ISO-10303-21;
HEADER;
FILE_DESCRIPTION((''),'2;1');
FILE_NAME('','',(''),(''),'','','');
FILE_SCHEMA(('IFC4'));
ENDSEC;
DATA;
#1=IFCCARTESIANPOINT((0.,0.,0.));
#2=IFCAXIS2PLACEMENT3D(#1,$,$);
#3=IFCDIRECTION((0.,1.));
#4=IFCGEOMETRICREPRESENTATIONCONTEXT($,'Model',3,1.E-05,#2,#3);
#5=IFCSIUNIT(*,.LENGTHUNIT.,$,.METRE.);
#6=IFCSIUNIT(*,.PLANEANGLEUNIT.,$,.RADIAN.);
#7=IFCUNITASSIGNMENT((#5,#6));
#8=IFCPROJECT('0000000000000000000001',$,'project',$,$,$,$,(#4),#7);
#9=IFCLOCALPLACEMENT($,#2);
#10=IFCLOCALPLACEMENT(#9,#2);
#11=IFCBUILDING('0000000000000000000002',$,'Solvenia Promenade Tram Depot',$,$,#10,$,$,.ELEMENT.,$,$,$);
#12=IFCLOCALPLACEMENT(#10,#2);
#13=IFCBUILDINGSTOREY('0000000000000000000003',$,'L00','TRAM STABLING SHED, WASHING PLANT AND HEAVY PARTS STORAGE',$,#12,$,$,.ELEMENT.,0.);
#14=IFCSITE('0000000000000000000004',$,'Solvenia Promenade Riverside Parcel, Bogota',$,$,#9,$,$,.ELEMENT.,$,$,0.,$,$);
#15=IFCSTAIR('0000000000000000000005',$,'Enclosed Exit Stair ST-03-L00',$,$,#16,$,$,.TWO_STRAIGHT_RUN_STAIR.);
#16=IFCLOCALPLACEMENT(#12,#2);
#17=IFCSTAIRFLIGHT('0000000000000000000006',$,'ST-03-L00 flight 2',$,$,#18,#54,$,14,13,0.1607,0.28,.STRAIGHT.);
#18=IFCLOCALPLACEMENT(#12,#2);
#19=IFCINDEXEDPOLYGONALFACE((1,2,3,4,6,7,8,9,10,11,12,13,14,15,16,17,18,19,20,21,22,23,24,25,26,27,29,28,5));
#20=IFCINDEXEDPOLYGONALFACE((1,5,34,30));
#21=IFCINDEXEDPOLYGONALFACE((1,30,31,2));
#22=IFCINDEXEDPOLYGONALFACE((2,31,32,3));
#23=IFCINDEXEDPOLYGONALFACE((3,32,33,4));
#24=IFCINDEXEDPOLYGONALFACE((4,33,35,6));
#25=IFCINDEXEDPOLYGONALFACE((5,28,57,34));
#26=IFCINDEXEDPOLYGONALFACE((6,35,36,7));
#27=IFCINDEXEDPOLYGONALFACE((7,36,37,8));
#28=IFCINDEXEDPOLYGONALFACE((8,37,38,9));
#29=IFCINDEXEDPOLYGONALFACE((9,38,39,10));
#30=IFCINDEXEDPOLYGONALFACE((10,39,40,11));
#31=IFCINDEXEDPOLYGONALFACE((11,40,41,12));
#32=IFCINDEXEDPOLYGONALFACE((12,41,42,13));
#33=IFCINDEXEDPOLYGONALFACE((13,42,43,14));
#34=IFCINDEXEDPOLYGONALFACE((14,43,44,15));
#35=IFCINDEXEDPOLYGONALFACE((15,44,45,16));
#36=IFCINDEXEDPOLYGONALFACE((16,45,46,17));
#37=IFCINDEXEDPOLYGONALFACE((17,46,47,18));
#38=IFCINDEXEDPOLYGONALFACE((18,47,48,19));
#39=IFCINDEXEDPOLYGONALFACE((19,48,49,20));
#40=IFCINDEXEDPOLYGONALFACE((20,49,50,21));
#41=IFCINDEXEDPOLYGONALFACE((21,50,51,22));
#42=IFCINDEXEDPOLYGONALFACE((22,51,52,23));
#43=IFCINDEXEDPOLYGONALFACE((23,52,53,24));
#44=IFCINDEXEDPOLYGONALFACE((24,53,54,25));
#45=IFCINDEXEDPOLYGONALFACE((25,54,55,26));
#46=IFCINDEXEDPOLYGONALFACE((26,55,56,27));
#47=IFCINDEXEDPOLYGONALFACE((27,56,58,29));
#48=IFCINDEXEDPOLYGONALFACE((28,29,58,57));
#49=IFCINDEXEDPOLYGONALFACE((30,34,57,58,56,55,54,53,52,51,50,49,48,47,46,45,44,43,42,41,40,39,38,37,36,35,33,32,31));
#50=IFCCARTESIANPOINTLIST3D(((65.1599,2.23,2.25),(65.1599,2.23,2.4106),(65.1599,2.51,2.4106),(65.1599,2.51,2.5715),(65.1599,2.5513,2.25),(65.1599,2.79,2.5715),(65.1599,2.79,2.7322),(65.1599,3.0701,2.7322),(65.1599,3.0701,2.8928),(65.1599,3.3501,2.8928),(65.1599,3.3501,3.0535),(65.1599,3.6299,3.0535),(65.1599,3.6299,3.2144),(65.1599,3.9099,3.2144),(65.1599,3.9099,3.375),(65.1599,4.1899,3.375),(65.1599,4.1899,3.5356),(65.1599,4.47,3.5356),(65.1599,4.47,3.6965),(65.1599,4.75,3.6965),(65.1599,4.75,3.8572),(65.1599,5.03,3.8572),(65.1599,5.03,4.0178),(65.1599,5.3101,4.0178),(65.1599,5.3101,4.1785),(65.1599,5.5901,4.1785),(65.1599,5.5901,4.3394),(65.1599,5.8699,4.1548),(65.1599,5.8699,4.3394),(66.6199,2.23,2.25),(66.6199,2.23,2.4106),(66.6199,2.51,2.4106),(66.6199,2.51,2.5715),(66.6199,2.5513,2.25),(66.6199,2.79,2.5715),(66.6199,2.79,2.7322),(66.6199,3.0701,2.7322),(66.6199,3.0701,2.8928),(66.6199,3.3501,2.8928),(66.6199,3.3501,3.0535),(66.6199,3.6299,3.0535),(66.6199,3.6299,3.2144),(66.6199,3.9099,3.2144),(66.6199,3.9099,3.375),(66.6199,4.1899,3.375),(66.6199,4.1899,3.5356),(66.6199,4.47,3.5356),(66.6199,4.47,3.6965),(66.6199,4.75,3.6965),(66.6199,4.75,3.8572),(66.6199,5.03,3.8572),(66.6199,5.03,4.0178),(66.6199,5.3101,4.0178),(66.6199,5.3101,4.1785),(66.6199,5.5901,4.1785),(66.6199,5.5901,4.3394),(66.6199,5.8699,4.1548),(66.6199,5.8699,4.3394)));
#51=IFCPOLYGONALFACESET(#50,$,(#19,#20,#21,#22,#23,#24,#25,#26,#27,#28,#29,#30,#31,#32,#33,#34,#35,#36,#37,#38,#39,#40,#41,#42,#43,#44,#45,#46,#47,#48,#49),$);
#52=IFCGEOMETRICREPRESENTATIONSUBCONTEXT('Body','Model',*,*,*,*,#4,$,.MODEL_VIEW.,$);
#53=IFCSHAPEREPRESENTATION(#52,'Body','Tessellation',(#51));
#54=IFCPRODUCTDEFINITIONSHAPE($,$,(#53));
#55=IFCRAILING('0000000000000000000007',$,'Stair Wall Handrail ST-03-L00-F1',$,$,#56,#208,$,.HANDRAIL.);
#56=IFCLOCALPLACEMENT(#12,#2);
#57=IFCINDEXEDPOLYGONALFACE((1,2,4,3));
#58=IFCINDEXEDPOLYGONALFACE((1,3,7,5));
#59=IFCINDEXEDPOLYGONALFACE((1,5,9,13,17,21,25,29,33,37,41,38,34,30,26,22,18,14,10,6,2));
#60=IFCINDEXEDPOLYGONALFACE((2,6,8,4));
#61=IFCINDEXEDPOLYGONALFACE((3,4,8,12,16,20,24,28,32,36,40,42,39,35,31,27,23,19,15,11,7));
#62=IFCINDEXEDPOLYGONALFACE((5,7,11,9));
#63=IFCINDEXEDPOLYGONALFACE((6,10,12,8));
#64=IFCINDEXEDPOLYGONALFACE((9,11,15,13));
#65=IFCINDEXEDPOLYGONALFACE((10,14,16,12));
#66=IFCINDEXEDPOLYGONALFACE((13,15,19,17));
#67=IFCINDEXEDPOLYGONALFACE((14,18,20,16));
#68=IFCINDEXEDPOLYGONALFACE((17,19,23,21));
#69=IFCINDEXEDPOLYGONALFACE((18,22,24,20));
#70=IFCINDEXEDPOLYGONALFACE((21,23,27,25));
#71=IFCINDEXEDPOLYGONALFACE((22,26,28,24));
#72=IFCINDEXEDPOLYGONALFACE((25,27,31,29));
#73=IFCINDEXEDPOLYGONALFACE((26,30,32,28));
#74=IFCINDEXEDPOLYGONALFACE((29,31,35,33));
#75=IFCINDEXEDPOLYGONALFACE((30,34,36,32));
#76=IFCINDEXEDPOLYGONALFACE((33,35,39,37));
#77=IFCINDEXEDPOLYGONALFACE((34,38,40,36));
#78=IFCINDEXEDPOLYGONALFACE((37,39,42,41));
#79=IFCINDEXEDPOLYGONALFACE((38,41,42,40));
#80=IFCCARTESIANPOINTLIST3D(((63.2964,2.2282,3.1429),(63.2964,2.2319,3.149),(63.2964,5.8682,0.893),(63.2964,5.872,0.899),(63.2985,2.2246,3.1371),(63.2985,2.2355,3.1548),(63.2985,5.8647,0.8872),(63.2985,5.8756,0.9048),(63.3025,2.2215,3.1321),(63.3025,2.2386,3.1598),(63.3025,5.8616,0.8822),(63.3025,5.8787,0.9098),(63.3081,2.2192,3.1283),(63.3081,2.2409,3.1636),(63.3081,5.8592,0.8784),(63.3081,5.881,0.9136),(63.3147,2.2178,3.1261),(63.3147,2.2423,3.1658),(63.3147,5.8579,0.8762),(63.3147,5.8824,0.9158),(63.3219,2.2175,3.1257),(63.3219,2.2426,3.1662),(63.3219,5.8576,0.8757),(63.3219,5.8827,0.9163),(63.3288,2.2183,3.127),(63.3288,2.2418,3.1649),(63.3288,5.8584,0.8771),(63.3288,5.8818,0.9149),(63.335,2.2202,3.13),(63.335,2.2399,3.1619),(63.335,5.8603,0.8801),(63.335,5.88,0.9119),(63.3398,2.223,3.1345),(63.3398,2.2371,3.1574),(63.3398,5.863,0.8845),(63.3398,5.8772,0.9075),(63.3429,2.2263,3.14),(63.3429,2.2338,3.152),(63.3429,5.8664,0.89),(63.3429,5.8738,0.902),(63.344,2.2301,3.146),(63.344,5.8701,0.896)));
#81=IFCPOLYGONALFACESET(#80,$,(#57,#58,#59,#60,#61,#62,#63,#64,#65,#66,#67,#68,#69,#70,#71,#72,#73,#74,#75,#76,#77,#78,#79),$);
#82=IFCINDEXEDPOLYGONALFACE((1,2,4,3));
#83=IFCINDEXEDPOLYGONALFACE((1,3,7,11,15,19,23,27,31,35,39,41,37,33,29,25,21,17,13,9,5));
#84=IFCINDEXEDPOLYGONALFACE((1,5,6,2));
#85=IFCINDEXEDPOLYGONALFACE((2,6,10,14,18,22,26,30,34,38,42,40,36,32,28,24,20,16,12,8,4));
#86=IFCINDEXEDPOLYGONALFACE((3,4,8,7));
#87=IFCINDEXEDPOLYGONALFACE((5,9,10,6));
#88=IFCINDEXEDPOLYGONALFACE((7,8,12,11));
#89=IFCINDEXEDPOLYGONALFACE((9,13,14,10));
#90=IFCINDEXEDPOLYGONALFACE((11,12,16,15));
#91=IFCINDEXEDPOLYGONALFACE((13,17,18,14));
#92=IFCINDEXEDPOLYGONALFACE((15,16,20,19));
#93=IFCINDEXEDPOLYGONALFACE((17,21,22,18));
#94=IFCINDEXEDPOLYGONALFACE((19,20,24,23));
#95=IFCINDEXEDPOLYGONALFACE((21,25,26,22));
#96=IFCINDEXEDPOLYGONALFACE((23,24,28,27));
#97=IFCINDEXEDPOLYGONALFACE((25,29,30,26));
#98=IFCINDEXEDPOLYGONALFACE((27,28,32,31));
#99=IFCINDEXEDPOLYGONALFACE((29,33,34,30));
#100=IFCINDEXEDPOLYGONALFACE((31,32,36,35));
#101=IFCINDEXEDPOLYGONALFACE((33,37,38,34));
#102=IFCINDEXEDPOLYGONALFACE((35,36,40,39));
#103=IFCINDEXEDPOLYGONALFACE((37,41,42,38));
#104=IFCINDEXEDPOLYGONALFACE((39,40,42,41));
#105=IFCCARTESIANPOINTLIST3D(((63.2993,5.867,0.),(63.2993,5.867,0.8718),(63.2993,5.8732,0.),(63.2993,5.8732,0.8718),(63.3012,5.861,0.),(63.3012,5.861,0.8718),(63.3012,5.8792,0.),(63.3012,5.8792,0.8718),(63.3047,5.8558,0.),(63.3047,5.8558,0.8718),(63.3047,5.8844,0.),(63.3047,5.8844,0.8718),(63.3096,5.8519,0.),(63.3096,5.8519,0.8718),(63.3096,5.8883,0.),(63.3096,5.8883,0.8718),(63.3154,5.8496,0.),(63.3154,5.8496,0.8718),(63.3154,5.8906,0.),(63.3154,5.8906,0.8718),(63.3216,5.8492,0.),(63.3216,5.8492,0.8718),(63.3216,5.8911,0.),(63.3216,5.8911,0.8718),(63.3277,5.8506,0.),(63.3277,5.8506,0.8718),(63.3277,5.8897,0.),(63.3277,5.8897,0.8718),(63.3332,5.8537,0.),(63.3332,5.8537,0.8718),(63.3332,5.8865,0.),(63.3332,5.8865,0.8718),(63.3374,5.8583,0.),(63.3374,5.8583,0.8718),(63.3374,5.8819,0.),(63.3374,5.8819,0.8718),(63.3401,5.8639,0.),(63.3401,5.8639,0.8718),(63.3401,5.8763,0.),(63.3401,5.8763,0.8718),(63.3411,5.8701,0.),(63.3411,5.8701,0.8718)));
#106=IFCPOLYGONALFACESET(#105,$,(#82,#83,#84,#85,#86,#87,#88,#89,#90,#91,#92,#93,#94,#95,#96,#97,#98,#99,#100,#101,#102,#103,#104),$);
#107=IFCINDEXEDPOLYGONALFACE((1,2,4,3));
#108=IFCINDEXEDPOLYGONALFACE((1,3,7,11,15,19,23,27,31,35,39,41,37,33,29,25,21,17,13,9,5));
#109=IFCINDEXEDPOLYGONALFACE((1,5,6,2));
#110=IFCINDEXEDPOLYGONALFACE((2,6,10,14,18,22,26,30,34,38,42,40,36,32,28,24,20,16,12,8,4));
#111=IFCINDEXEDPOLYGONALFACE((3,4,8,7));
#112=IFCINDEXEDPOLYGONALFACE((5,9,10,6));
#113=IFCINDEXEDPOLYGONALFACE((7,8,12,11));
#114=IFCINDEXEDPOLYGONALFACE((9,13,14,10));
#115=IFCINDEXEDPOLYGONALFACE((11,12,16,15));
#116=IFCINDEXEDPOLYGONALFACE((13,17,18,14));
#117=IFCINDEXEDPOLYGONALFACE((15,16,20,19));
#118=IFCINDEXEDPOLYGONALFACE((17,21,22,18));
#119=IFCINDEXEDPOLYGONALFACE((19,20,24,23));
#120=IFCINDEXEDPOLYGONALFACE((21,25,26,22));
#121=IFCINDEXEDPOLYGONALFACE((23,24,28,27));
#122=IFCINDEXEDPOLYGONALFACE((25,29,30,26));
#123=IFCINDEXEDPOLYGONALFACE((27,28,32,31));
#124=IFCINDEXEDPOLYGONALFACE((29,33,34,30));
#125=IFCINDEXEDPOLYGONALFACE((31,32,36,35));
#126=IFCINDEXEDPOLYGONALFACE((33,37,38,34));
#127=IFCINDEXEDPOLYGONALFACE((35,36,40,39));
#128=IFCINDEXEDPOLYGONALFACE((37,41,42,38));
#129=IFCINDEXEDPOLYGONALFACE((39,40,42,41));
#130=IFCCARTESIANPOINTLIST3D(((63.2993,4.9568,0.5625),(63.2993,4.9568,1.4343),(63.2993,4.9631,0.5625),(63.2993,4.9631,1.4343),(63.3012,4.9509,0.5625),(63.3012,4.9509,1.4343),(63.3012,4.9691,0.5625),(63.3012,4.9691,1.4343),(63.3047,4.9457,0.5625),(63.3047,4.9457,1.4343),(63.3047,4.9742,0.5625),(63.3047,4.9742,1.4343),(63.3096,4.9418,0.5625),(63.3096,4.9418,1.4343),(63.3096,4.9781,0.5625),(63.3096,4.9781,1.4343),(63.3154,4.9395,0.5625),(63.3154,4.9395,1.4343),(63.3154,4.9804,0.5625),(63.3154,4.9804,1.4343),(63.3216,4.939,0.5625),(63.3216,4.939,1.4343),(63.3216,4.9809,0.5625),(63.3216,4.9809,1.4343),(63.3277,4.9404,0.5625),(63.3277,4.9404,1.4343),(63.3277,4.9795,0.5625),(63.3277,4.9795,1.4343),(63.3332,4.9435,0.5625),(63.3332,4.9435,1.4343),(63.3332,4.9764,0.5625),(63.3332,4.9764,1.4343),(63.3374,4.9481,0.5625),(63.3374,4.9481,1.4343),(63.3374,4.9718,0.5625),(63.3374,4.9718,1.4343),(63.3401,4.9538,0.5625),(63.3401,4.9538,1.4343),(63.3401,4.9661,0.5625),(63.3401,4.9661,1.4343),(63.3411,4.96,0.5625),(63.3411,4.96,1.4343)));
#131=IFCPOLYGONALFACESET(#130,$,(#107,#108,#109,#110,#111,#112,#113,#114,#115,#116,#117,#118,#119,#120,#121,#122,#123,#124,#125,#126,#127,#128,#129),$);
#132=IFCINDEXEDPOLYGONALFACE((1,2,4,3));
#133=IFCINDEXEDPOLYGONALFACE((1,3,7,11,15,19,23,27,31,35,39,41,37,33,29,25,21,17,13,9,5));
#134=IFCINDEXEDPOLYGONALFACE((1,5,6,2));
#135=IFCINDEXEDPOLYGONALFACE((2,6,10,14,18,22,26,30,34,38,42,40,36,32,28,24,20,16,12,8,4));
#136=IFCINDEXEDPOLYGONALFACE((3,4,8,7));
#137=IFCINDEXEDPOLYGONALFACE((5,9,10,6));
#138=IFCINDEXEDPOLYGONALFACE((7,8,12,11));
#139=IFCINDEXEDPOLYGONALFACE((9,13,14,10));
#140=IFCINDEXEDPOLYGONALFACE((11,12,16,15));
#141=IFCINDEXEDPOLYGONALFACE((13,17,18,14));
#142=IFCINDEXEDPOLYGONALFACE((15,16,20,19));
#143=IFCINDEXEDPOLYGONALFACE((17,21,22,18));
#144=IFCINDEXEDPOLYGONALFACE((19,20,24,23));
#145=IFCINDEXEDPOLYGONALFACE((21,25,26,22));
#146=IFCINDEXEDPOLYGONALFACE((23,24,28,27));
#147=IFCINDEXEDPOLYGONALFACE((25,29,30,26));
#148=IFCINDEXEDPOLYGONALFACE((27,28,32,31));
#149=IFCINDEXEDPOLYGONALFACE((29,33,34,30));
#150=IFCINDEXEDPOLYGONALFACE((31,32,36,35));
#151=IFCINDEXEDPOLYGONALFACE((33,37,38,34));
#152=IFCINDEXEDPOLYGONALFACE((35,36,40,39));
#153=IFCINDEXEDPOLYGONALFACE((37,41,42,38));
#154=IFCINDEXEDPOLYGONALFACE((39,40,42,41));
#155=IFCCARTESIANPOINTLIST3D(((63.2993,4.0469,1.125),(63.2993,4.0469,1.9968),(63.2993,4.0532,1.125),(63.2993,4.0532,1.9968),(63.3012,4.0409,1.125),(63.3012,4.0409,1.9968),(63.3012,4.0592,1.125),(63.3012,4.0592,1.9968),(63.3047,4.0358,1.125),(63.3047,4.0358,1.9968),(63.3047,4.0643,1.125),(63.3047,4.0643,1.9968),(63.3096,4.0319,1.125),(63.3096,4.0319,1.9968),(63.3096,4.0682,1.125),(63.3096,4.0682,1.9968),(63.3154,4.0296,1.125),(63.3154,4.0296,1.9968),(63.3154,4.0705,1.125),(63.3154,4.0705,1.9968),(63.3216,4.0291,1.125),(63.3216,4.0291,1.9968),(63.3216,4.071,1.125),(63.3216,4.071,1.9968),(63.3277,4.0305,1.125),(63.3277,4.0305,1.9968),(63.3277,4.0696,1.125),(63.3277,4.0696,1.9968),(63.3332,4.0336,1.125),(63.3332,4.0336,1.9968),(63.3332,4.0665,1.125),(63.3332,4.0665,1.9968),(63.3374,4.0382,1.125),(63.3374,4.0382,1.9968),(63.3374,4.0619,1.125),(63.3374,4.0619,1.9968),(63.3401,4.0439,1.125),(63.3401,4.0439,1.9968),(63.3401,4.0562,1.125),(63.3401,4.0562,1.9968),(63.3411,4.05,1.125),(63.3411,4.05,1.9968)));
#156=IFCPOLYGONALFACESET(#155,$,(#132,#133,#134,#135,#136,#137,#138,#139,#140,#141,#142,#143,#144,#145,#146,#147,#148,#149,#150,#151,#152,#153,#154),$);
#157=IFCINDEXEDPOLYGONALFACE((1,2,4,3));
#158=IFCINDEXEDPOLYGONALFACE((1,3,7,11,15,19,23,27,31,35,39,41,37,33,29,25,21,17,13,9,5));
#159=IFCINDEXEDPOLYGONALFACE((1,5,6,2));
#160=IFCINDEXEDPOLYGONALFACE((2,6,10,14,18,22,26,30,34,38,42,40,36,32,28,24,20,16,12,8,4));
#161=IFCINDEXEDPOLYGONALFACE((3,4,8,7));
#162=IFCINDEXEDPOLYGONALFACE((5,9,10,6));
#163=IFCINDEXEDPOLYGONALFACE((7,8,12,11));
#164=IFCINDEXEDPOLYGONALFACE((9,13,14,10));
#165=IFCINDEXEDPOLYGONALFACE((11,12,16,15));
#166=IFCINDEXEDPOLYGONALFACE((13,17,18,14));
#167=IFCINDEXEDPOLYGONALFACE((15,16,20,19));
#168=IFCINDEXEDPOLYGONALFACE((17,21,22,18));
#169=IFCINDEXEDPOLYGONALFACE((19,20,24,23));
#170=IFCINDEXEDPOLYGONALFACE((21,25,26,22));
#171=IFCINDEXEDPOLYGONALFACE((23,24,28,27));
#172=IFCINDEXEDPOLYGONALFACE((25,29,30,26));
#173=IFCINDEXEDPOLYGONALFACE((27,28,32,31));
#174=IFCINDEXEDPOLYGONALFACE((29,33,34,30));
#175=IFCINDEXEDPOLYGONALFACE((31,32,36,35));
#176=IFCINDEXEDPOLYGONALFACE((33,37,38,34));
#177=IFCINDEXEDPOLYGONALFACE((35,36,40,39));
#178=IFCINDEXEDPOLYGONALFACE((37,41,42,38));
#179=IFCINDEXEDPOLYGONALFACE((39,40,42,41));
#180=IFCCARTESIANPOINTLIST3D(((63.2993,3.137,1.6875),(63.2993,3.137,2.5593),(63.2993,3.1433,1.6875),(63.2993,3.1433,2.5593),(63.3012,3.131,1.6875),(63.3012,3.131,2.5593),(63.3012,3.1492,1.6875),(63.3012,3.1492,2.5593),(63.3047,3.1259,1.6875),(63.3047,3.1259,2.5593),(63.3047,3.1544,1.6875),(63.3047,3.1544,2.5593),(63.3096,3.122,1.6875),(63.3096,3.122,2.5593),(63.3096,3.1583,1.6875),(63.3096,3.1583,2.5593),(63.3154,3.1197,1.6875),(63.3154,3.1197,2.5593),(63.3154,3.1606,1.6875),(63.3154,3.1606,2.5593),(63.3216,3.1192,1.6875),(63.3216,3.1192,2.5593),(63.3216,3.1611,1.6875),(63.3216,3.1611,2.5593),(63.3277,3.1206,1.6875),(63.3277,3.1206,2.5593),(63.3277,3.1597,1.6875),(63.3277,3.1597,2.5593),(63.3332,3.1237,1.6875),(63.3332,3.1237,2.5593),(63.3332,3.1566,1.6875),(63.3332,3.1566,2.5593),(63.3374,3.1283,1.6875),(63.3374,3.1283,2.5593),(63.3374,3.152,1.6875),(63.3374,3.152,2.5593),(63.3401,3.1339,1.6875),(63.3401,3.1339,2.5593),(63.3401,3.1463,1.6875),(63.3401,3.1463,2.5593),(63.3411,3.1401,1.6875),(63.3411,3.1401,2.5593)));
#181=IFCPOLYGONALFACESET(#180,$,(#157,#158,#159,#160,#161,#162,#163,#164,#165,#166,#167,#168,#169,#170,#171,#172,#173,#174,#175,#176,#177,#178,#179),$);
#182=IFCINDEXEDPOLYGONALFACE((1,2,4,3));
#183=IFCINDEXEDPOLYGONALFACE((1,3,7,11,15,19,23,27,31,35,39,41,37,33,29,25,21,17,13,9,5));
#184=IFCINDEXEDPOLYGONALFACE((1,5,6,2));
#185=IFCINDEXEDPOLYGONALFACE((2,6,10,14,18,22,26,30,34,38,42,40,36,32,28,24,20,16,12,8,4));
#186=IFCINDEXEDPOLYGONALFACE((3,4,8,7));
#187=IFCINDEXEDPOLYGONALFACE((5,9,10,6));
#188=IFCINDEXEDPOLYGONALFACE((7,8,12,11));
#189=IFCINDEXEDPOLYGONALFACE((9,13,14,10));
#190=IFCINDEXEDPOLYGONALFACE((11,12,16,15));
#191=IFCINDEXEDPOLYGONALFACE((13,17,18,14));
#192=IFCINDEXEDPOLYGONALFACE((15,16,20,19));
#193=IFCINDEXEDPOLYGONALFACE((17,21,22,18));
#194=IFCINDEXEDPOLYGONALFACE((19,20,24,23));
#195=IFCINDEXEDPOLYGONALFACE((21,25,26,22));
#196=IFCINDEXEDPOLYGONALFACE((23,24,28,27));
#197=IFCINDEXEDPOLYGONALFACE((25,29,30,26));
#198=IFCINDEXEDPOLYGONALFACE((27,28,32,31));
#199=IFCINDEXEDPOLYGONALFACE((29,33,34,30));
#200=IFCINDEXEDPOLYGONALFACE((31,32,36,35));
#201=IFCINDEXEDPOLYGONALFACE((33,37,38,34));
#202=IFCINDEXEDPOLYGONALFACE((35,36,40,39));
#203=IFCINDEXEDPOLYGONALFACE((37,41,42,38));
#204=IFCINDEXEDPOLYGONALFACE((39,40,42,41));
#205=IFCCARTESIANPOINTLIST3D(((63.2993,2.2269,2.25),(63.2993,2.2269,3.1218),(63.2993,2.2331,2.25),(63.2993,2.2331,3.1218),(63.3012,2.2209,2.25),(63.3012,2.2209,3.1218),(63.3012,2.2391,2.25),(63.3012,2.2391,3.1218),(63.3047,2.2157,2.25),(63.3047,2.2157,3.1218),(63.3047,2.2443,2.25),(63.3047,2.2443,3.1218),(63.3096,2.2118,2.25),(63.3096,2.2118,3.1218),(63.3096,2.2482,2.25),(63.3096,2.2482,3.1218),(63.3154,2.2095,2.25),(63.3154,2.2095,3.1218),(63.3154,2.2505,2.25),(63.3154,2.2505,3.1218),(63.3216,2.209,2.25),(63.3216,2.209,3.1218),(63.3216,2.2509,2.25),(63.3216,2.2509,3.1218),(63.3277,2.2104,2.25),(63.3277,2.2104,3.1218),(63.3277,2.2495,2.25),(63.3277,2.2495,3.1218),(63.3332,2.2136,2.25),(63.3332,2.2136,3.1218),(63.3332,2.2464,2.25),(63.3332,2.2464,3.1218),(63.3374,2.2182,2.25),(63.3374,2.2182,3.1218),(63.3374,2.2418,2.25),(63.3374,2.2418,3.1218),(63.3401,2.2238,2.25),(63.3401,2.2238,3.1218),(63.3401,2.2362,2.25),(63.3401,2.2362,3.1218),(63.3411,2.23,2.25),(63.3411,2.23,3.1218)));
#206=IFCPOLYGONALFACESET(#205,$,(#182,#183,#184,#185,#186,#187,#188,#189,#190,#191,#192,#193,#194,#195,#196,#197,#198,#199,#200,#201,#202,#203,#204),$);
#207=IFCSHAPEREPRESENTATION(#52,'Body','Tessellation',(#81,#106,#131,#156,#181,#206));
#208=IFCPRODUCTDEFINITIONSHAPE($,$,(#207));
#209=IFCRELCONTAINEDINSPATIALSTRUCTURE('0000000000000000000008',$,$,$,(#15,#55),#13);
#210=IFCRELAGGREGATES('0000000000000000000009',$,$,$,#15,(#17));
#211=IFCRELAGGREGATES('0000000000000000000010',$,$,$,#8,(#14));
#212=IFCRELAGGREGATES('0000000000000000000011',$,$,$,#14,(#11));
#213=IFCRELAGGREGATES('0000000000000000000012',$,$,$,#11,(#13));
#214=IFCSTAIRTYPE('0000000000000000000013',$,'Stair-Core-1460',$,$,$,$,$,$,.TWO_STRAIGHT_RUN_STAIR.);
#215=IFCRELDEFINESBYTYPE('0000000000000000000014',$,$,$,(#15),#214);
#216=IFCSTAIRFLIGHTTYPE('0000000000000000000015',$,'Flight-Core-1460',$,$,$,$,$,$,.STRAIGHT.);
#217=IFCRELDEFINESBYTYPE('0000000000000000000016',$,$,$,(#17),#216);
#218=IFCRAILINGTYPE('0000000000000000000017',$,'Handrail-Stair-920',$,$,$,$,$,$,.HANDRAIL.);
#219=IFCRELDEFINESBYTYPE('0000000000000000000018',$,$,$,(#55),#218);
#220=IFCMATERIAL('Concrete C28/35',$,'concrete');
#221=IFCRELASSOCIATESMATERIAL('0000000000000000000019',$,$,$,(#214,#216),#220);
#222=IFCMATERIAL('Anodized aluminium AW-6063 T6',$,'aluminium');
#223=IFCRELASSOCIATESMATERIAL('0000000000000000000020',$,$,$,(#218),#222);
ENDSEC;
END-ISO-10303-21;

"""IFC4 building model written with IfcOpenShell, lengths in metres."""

from ifc_helpers import new_model, si_unit, direction, frame, origin, origin_2d, place, context, subcontext, project, spatial, polyline, circle, outline, extrude, material, type_object, element, aggregate, save


model = new_model("IFC4")

# Units and contexts
model_context = context("Model", 3, precision=1e-05, world=origin(), true_north=direction((0.0, 1.0)))
body_context = subcontext(model_context, "Body", "Model", "MODEL_VIEW")
ifc_project = project(units=[si_unit("LENGTHUNIT", "METRE"), si_unit("PLANEANGLEUNIT", "RADIAN")], contexts=[model_context])

# Site, building, storey
site_placement = place(None, origin())
site = spatial("IfcSite", under=ifc_project, at=site_placement, Name="Solvenia Promenade Riverside Parcel, Bogota", CompositionType="ELEMENT", RefElevation=0.0)
building_placement = place(site_placement, origin())
building = spatial("IfcBuilding", under=site, at=building_placement, Name="Solvenia Promenade Tram Depot", CompositionType="ELEMENT")
storey_placement = place(building_placement, origin())
storey = spatial("IfcBuildingStorey", under=building, at=storey_placement, Name="L00", Description="TRAM STABLING SHED, WASHING PLANT AND HEAVY PARTS STORAGE", CompositionType="ELEMENT", Elevation=0.0)

# Shared definitions
ifc_material_1 = material(Name="Concrete C28/35", Category="concrete")

# Stair, stair flight
stair_type = type_object("IfcStairType", Name="Stair-Core-1460", PredefinedType="TWO_STRAIGHT_RUN_STAIR", material=ifc_material_1)
stair_placement = place(storey_placement, origin())
stair = element("IfcStair", 1, at=stair_placement, inside=storey, type_object=stair_type, Name="Enclosed Exit Stair ST-03-L00", PredefinedType="TWO_STRAIGHT_RUN_STAIR")
stair_flight_type = type_object("IfcStairFlightType", Name="Flight-Core-1460", PredefinedType="STRAIGHT", material=ifc_material_1)
stair_flight_1_placement = place(storey_placement, frame((65.8899, 2.23, 2.25), z_axis=(0.0, 0.0, 1.0), x_axis=(0.0, 1.0, 0.0)))
stair_flight_1 = element("IfcStairFlight", 2, at=stair_flight_1_placement, type_object=stair_flight_type, Name="ST-03-L00 flight 2", NumberOfRisers=14, NumberOfTreads=13, PredefinedType="STRAIGHT", RiserHeight=0.1607, TreadLength=0.28, context=body_context, shape_type="SweptSolid", body=[
    extrude(outline(polyline([(0.0, 0.0), (0.0, 0.1606), (0.28, 0.1606), (0.28, 0.3215), (0.5601, 0.3215), (0.5601, 0.4822), (0.8401, 0.4822), (0.8401, 0.6428), (1.1201, 0.6428), (1.1201, 0.8035), (1.3999, 0.8035), (1.3999, 0.9644), (1.6799, 0.9644), (1.6799, 1.125), (1.96, 1.125), (1.96, 1.2856), (2.24, 1.2856), (2.24, 1.4465), (2.52, 1.4465), (2.52, 1.6072), (2.8, 1.6072), (2.8, 1.7678), (3.0801, 1.7678), (3.0801, 1.9285), (3.3601, 1.9285), (3.3601, 2.0894), (3.6399, 2.0894), (3.6399, 2.25), (3.6399, 1.9048), (0.3213, 0.0), (0.0, 0.0)])), frame((0.0, 0.73, 0.0), z_axis=(0.0, -1.0, 0.0), x_axis=(1.0, 0.0, 0.0)), (0.0, 0.0, 1.0), 1.46),
])
aggregate(stair, [stair_flight_1])

# Railing
ifc_material_2 = material(Name="Anodized aluminium AW-6063 T6", Category="aluminium")
railing_type_1 = type_object("IfcRailingType", Name="Handrail-Stair-920", PredefinedType="HANDRAIL", material=ifc_material_2)
railing_1_placement = place(storey_placement, frame((63.3201, 5.8701, 0.0)))
element("IfcRailing", 3, at=railing_1_placement, inside=storey, type_object=railing_type_1, Name="Stair Wall Handrail ST-03-L00-F1", PredefinedType="HANDRAIL", context=body_context, shape_type="SweptSolid", body=[
    extrude(circle(Radius=0.0239, at=origin_2d()), frame((0.0, 0.0, 0.896), z_axis=(0.0, -0.850622, 0.525777), x_axis=(1.0, 0.0, 0.0)), (0.0, 0.0, 1.0), 4.2793),
    extrude(circle(Radius=0.021, at=origin_2d()), origin(), (0.0, 0.0, 1.0), 0.8718),
    extrude(circle(Radius=0.021, at=origin_2d()), frame((0.0, -0.9102, 0.5625)), (0.0, 0.0, 1.0), 0.8718),
    extrude(circle(Radius=0.021, at=origin_2d()), frame((0.0, -1.8201, 1.125)), (0.0, 0.0, 1.0), 0.8718),
    extrude(circle(Radius=0.021, at=origin_2d()), frame((0.0, -2.73, 1.6875)), (0.0, 0.0, 1.0), 0.8718),
    extrude(circle(Radius=0.021, at=origin_2d()), frame((0.0, -3.6401, 2.25)), (0.0, 0.0, 1.0), 0.8718),
])

save(model, "model.ifc")
